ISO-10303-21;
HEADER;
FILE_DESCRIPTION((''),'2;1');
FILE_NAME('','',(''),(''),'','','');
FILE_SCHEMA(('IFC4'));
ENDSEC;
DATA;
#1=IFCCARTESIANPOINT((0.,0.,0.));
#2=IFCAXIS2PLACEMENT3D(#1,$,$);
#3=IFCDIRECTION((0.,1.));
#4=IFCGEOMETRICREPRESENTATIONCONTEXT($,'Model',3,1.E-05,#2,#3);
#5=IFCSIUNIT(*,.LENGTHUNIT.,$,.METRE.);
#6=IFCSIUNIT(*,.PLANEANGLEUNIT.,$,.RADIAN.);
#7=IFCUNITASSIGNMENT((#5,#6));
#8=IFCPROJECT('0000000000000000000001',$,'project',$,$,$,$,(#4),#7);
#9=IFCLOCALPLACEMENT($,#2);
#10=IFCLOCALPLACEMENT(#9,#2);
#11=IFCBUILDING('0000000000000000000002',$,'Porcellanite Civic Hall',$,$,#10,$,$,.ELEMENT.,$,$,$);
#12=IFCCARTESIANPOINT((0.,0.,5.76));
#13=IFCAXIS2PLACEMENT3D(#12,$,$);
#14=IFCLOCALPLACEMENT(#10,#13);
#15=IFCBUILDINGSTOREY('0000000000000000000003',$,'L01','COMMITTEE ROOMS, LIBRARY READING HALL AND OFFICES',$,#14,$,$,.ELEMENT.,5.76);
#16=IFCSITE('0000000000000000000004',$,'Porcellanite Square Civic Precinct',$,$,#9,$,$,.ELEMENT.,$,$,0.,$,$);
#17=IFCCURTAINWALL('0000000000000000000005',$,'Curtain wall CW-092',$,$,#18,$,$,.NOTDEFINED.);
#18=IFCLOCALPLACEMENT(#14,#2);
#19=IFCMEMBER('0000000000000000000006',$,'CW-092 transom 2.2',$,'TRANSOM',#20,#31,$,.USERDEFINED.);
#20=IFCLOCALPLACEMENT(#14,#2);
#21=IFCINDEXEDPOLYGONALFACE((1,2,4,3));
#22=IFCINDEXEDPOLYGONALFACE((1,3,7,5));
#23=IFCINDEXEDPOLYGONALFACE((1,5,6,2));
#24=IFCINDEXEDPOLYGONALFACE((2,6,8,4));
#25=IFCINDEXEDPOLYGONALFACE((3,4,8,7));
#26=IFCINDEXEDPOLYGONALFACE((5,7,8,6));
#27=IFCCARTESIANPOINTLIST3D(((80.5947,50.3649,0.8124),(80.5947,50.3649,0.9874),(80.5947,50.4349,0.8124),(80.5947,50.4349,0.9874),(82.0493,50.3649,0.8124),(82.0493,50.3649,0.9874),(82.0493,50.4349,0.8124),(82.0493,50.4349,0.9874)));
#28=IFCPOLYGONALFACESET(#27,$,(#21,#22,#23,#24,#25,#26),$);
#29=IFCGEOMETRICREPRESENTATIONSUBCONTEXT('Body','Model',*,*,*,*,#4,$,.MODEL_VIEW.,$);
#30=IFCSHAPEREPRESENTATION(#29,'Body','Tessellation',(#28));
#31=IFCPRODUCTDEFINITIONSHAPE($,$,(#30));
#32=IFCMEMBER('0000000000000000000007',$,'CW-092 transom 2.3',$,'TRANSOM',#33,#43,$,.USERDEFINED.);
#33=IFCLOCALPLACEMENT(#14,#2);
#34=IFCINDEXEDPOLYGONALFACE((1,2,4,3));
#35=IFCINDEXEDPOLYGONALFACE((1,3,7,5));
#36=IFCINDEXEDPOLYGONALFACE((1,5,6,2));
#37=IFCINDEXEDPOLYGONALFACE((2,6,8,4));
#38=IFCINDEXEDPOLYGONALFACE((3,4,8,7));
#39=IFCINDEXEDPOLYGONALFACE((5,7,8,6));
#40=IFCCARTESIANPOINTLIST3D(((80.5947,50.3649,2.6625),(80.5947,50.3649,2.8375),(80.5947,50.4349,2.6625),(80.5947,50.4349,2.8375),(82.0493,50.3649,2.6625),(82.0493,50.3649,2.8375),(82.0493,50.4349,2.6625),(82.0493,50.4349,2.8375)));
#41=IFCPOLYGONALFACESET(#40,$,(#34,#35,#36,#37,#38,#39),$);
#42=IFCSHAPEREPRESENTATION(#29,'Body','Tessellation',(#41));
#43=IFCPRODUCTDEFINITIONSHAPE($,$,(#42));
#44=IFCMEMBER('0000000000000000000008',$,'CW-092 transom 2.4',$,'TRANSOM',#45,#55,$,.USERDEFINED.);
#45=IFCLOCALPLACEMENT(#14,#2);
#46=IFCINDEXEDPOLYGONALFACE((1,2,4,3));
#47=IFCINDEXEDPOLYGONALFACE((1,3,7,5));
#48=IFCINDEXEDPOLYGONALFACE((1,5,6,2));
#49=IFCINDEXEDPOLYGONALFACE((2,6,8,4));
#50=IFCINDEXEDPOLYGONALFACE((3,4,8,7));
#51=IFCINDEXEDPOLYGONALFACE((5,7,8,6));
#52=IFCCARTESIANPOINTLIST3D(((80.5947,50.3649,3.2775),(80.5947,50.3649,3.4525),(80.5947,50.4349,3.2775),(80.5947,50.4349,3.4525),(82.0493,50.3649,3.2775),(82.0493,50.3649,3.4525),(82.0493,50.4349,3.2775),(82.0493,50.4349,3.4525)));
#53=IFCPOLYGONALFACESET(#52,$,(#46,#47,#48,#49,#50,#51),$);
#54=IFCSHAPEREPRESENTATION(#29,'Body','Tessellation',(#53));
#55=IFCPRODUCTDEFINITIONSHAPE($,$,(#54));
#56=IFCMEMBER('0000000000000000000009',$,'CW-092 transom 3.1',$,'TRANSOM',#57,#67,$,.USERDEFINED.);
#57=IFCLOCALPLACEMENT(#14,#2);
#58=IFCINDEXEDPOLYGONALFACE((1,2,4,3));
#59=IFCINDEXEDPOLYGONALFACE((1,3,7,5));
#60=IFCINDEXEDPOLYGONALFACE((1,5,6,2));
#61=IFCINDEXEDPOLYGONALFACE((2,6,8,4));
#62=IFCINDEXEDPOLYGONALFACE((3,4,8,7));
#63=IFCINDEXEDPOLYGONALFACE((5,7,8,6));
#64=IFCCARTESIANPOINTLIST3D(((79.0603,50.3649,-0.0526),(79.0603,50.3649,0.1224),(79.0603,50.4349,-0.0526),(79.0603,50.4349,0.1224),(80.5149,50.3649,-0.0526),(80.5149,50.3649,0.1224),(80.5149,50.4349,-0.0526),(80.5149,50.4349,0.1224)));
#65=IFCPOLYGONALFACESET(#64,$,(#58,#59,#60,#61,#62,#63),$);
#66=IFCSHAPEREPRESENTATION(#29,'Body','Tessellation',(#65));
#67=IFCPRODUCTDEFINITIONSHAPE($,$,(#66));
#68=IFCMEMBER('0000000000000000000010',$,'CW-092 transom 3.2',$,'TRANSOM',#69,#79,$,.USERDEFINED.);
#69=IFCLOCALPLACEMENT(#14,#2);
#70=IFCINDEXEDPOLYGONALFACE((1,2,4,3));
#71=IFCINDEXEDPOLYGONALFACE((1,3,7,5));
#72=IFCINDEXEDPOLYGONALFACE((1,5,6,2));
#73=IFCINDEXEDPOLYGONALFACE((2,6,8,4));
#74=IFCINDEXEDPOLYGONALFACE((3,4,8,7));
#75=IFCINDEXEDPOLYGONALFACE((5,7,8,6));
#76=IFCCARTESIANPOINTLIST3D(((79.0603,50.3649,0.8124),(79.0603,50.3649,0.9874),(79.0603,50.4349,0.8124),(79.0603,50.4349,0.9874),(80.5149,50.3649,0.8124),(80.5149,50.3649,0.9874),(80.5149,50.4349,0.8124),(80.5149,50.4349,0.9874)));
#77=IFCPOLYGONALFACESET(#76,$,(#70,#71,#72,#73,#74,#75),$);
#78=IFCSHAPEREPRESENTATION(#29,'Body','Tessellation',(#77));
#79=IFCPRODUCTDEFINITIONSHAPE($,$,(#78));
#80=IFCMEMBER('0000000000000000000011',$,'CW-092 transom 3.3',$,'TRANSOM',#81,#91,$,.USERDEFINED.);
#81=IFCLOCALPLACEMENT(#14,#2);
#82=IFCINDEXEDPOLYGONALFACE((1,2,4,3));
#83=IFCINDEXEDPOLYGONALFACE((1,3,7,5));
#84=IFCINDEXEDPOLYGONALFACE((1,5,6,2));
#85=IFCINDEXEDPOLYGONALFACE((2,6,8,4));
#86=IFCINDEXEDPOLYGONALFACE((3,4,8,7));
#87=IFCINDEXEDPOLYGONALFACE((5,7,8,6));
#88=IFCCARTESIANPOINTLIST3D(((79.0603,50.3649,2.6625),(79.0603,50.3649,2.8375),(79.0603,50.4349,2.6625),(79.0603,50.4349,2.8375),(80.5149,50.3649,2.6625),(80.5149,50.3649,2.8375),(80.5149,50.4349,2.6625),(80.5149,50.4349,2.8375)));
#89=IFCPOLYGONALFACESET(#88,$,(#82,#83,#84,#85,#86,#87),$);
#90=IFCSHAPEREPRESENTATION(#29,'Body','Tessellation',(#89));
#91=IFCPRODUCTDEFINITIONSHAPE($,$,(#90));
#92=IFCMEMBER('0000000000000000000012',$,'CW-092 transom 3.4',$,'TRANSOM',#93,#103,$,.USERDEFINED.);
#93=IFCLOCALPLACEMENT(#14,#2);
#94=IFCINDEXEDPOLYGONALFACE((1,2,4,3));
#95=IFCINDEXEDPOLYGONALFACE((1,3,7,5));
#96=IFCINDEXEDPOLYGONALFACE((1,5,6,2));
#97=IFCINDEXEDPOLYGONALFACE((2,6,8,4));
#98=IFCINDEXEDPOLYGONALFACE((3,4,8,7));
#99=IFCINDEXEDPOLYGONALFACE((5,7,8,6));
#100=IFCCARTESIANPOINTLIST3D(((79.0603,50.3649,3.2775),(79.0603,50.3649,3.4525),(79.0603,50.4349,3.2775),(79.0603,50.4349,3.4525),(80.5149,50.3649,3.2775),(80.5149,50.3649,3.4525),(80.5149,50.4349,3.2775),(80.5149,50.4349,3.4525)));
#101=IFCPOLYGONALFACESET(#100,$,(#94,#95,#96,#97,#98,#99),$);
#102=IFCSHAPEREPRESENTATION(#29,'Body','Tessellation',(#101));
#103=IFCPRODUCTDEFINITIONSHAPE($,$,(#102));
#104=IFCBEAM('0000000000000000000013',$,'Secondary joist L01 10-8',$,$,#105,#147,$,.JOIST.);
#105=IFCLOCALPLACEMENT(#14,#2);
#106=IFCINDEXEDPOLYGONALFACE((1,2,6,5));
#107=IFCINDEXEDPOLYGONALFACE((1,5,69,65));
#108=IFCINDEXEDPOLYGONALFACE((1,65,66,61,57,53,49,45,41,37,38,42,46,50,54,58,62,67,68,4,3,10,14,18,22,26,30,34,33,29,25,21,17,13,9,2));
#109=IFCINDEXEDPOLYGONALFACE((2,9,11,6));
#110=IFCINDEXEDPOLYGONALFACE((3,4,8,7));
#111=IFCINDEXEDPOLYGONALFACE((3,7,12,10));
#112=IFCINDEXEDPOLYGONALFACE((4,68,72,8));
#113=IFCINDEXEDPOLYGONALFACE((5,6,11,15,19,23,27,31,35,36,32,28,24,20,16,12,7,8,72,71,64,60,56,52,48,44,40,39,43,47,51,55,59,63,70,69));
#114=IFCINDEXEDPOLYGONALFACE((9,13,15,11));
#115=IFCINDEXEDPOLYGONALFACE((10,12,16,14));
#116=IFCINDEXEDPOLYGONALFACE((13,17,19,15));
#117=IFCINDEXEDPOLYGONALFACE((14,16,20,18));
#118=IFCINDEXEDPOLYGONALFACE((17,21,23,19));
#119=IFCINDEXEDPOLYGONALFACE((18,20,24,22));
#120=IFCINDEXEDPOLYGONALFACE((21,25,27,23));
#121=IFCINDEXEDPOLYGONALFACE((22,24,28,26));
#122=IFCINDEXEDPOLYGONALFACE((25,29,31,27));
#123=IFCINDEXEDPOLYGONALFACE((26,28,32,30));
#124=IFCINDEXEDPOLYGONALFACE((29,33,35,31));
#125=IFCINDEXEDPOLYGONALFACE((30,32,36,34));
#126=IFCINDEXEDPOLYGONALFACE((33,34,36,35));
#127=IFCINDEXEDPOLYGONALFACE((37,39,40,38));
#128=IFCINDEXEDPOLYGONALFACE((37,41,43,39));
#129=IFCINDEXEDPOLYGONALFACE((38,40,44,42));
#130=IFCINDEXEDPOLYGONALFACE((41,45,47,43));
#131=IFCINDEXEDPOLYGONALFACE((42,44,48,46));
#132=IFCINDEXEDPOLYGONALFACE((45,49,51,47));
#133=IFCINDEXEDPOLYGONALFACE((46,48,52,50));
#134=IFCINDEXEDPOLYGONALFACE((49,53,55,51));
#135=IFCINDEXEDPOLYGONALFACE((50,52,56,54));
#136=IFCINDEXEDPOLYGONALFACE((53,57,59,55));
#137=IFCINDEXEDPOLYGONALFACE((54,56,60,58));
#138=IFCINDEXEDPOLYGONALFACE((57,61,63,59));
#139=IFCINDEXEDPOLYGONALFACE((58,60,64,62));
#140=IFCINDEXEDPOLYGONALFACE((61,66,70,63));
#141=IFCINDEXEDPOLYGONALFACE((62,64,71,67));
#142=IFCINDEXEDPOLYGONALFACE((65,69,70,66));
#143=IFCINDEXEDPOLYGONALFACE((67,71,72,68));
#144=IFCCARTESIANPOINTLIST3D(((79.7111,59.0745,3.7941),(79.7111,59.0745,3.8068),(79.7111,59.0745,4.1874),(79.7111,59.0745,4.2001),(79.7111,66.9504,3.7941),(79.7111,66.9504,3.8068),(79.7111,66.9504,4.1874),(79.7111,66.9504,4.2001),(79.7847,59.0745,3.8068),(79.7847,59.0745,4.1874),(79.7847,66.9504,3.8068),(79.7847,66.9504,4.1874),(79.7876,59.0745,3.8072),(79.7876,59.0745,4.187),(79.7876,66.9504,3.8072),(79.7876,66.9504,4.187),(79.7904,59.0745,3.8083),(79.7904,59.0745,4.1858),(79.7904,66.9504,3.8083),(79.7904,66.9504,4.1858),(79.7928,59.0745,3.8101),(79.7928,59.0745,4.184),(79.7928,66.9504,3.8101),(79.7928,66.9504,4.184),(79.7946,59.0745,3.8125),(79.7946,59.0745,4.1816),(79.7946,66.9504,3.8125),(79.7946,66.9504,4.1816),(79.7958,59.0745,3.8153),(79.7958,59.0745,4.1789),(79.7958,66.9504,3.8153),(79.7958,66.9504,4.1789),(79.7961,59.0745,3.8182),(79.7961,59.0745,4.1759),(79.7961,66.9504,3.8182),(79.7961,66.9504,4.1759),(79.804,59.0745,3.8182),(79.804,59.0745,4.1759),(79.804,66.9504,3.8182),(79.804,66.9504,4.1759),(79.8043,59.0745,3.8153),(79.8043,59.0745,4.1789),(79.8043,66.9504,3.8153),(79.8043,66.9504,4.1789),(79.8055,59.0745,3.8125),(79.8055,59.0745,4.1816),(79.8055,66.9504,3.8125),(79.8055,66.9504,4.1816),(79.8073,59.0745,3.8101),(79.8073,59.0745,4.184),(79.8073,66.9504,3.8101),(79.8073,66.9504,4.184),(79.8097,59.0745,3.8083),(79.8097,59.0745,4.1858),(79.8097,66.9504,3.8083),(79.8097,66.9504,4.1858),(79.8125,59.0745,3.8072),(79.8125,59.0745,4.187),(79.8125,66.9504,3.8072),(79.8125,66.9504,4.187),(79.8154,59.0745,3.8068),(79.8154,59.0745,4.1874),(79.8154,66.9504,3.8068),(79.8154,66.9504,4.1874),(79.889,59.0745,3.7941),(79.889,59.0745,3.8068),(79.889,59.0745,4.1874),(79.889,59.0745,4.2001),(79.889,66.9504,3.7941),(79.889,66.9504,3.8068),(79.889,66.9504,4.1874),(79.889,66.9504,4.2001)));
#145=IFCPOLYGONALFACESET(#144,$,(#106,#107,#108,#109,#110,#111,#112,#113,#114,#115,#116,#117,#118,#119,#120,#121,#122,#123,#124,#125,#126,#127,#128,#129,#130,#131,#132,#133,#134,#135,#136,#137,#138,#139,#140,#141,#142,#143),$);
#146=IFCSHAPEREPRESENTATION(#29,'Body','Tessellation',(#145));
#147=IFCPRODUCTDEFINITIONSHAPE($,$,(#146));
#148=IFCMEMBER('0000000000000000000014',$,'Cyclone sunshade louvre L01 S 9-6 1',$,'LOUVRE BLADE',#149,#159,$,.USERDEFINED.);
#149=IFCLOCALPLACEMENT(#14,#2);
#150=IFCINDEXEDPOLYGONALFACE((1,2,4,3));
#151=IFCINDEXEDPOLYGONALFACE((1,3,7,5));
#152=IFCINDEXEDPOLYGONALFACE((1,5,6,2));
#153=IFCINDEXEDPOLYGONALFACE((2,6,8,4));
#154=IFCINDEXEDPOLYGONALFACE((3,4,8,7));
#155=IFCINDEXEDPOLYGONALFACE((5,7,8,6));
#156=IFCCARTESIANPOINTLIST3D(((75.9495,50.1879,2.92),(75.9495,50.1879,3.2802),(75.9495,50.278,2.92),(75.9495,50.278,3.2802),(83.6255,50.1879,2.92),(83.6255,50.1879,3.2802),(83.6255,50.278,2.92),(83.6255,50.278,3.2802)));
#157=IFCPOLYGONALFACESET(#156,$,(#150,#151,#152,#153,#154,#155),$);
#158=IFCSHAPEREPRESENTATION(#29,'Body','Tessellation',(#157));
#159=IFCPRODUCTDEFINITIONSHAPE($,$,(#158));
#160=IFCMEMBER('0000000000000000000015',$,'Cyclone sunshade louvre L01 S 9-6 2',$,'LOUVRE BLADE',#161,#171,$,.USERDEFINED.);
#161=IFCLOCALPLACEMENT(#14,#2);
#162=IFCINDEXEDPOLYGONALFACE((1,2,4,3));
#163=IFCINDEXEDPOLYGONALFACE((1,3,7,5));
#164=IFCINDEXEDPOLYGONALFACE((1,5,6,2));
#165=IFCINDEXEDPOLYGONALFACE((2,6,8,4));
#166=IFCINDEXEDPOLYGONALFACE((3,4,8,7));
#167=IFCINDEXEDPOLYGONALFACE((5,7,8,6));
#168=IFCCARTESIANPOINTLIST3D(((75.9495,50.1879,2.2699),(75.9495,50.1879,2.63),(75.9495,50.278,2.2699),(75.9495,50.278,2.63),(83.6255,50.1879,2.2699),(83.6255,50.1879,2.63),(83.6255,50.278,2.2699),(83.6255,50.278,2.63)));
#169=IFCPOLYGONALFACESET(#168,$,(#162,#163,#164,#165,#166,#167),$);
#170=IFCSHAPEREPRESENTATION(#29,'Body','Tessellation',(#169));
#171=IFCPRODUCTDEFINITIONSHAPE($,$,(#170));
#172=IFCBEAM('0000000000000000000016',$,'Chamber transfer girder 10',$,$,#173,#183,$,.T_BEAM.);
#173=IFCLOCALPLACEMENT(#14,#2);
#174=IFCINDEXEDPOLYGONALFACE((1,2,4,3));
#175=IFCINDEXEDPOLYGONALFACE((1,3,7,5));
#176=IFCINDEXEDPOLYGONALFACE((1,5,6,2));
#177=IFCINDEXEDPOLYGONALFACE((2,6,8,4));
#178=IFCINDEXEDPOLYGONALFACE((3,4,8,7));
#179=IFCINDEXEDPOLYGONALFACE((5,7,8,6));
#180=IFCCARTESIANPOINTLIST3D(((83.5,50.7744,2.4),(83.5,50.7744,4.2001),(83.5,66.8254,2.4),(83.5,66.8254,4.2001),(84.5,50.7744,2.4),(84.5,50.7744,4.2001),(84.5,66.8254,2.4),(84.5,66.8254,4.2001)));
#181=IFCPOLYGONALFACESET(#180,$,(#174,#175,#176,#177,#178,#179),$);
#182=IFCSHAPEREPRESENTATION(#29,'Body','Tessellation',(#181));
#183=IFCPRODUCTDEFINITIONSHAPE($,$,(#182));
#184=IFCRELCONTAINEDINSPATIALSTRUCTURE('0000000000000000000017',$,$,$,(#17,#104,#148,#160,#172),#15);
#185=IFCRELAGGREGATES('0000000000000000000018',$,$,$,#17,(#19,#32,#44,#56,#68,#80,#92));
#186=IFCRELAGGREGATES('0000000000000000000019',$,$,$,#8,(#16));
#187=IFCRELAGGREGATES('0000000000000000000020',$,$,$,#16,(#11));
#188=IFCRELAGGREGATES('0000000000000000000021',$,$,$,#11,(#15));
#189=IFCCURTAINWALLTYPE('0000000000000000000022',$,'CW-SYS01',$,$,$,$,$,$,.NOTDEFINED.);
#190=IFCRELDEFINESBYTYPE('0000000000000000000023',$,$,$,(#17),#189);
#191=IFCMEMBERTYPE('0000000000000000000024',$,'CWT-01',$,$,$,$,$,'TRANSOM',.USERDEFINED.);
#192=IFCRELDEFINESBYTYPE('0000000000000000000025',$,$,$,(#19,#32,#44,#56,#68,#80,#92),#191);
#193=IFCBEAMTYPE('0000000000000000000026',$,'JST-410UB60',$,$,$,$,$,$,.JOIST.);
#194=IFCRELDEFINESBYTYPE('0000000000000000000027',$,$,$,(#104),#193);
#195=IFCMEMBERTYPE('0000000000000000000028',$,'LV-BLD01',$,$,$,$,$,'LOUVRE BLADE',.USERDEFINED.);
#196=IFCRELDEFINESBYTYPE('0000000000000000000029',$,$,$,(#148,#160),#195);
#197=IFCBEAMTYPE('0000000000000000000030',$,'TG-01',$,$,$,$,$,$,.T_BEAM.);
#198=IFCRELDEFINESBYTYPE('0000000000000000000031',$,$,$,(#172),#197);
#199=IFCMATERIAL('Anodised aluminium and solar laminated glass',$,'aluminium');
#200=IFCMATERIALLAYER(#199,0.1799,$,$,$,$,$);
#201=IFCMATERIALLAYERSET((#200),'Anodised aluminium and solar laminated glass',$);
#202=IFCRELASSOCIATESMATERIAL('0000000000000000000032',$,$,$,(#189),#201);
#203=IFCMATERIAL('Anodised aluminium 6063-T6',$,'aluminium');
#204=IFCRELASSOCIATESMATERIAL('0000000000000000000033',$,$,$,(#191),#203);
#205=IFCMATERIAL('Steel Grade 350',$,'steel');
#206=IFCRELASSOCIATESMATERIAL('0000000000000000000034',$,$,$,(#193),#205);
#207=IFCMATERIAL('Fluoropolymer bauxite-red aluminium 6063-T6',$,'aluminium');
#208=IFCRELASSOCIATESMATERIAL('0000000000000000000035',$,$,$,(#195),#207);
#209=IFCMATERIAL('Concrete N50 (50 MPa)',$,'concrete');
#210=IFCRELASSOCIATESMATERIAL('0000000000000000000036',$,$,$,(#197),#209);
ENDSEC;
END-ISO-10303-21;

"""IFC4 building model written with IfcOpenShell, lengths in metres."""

from ifc_helpers import new_model, si_unit, direction, frame, origin, origin_2d, place, context, subcontext, project, spatial, rectangle, i_section, extrude, material, layer, layer_set, material_profile, profile_set, type_object, element, aggregate, save


model = new_model("IFC4")

# Units and contexts
model_context = context("Model", 3, precision=1e-05, world=origin(), true_north=direction((0.0, 1.0)))
body_context = subcontext(model_context, "Body", "Model", "MODEL_VIEW")
ifc_project = project(units=[si_unit("LENGTHUNIT", "METRE"), si_unit("PLANEANGLEUNIT", "RADIAN")], contexts=[model_context])

# Site, building, storey
site_placement = place(None, origin())
site = spatial("IfcSite", under=ifc_project, at=site_placement, Name="Porcellanite Square Civic Precinct", CompositionType="ELEMENT", RefElevation=0.0)
building_placement = place(site_placement, origin())
building = spatial("IfcBuilding", under=site, at=building_placement, Name="Porcellanite Civic Hall", CompositionType="ELEMENT")
storey_placement = place(building_placement, frame((0.0, 0.0, 5.76)))
storey = spatial("IfcBuildingStorey", under=building, at=storey_placement, Name="L01", Description="COMMITTEE ROOMS, LIBRARY READING HALL AND OFFICES", CompositionType="ELEMENT", Elevation=5.76)

# Curtain wall, members
ifc_material_1 = material(Name="Anodised aluminium and solar laminated glass", Category="aluminium")
ifc_layer_1 = layer(ifc_material_1, 0.1799)
ifc_layer_set_1 = layer_set([ifc_layer_1], Name="Anodised aluminium and solar laminated glass")
curtain_wall_type = type_object("IfcCurtainWallType", Name="CW-SYS01", PredefinedType="NOTDEFINED", material=ifc_layer_set_1)
curtain_wall_placement = place(storey_placement, origin())
curtain_wall = element("IfcCurtainWall", 1, at=curtain_wall_placement, inside=storey, type_object=curtain_wall_type, Name="Curtain wall CW-092", PredefinedType="NOTDEFINED")
ifc_material_2 = material(Name="Anodised aluminium 6063-T6", Category="aluminium")
ifc_material_profile_1 = material_profile(ifc_material_2, rectangle(XDim=0.0701, YDim=0.175, at=origin_2d()), Name="AL-70x175")
ifc_profile_set_1 = profile_set([ifc_material_profile_1], Name="Anodised aluminium 6063-T6")
member_type_1 = type_object("IfcMemberType", Name="CWT-01", ElementType="TRANSOM", PredefinedType="USERDEFINED", material=ifc_profile_set_1)
member_1_placement = place(storey_placement, frame((82.0493, 50.3999, 0.8999), z_axis=(-1.0, 0.0, 0.0), x_axis=(0.0, -1.0, 0.0)))
member_1 = element("IfcMember", 2, at=member_1_placement, type_object=member_type_1, Name="CW-092 transom 2.2", ObjectType="TRANSOM", PredefinedType="USERDEFINED", context=body_context, shape_type="SweptSolid", body=[
    extrude(rectangle(XDim=0.0701, YDim=0.175, at=origin_2d()), origin(), (0.0, 0.0, 1.0), 1.4546),
])
member_2_placement = place(storey_placement, frame((82.0493, 50.3999, 2.75), z_axis=(-1.0, 0.0, 0.0), x_axis=(0.0, -1.0, 0.0)))
member_2 = element("IfcMember", 3, at=member_2_placement, type_object=member_type_1, Name="CW-092 transom 2.3", ObjectType="TRANSOM", PredefinedType="USERDEFINED", context=body_context, shape_type="SweptSolid", body=[
    extrude(rectangle(XDim=0.0701, YDim=0.175, at=origin_2d()), origin(), (0.0, 0.0, 1.0), 1.4546),
])
member_3_placement = place(storey_placement, frame((82.0493, 50.3999, 3.365), z_axis=(-1.0, 0.0, 0.0), x_axis=(0.0, -1.0, 0.0)))
member_3 = element("IfcMember", 4, at=member_3_placement, type_object=member_type_1, Name="CW-092 transom 2.4", ObjectType="TRANSOM", PredefinedType="USERDEFINED", context=body_context, shape_type="SweptSolid", body=[
    extrude(rectangle(XDim=0.0701, YDim=0.175, at=origin_2d()), origin(), (0.0, 0.0, 1.0), 1.4546),
])
member_4_placement = place(storey_placement, frame((80.5149, 50.3999, 0.0349), z_axis=(-1.0, 0.0, 0.0), x_axis=(0.0, -1.0, 0.0)))
member_4 = element("IfcMember", 5, at=member_4_placement, type_object=member_type_1, Name="CW-092 transom 3.1", ObjectType="TRANSOM", PredefinedType="USERDEFINED", context=body_context, shape_type="SweptSolid", body=[
    extrude(rectangle(XDim=0.0701, YDim=0.175, at=origin_2d()), origin(), (0.0, 0.0, 1.0), 1.4546),
])
member_5_placement = place(storey_placement, frame((80.5149, 50.3999, 0.8999), z_axis=(-1.0, 0.0, 0.0), x_axis=(0.0, -1.0, 0.0)))
member_5 = element("IfcMember", 6, at=member_5_placement, type_object=member_type_1, Name="CW-092 transom 3.2", ObjectType="TRANSOM", PredefinedType="USERDEFINED", context=body_context, shape_type="SweptSolid", body=[
    extrude(rectangle(XDim=0.0701, YDim=0.175, at=origin_2d()), origin(), (0.0, 0.0, 1.0), 1.4546),
])
member_6_placement = place(storey_placement, frame((80.5149, 50.3999, 2.75), z_axis=(-1.0, 0.0, 0.0), x_axis=(0.0, -1.0, 0.0)))
member_6 = element("IfcMember", 7, at=member_6_placement, type_object=member_type_1, Name="CW-092 transom 3.3", ObjectType="TRANSOM", PredefinedType="USERDEFINED", context=body_context, shape_type="SweptSolid", body=[
    extrude(rectangle(XDim=0.0701, YDim=0.175, at=origin_2d()), origin(), (0.0, 0.0, 1.0), 1.4546),
])
member_7_placement = place(storey_placement, frame((80.5149, 50.3999, 3.365), z_axis=(-1.0, 0.0, 0.0), x_axis=(0.0, -1.0, 0.0)))
member_7 = element("IfcMember", 8, at=member_7_placement, type_object=member_type_1, Name="CW-092 transom 3.4", ObjectType="TRANSOM", PredefinedType="USERDEFINED", context=body_context, shape_type="SweptSolid", body=[
    extrude(rectangle(XDim=0.0701, YDim=0.175, at=origin_2d()), origin(), (0.0, 0.0, 1.0), 1.4546),
])

# Beam
ifc_material_3 = material(Name="Steel Grade 350", Category="steel")
ifc_material_profile_2 = material_profile(ifc_material_3, i_section(OverallWidth=0.178, OverallDepth=0.406, WebThickness=0.0078, FlangeThickness=0.0127, FilletRadius=0.0115, at=origin_2d()), Name="410UB59.7")
ifc_profile_set_2 = profile_set([ifc_material_profile_2], Name="Steel Grade 350")
beam_type_1 = type_object("IfcBeamType", Name="JST-410UB60", PredefinedType="JOIST", material=ifc_profile_set_2)
beam_1_placement = place(storey_placement, frame((79.8, 59.0745, 3.9971), z_axis=(0.0, 1.0, 0.0), x_axis=(-1.0, 0.0, 0.0)))
element("IfcBeam", 9, at=beam_1_placement, inside=storey, type_object=beam_type_1, Name="Secondary joist L01 10-8", PredefinedType="JOIST", context=body_context, shape_type="SweptSolid", body=[
    extrude(i_section(OverallWidth=0.178, OverallDepth=0.406, WebThickness=0.0078, FlangeThickness=0.0127, FilletRadius=0.0115, at=origin_2d()), origin(), (0.0, 0.0, 1.0), 7.876),
])

# Members
ifc_material_4 = material(Name="Fluoropolymer bauxite-red aluminium 6063-T6", Category="aluminium")
ifc_material_profile_3 = material_profile(ifc_material_4, rectangle(XDim=0.0901, YDim=0.3601, at=origin_2d()), Name="AL-90x360")
ifc_profile_set_3 = profile_set([ifc_material_profile_3], Name="Fluoropolymer bauxite-red aluminium 6063-T6")
member_type_2 = type_object("IfcMemberType", Name="LV-BLD01", ElementType="LOUVRE BLADE", PredefinedType="USERDEFINED", material=ifc_profile_set_3)
for number, where, z_axis, x_axis, name in (
    (10, (83.6255, 50.2329, 3.1001), (-1.0, 0.0, 0.0), (0.0, -1.0, 0.0), "Cyclone sunshade louvre L01 S 9-6 1"),
    (11, (83.6255, 50.2329, 2.45), (-1.0, 0.0, 0.0), (0.0, -1.0, 0.0), "Cyclone sunshade louvre L01 S 9-6 2"),
):
    element("IfcMember", number, at=place(storey_placement, frame(where, z_axis=z_axis, x_axis=x_axis)), inside=storey, type_object=member_type_2, Name=name, ObjectType="LOUVRE BLADE", PredefinedType="USERDEFINED", context=body_context, shape_type="SweptSolid", body=[
        extrude(rectangle(XDim=0.0901, YDim=0.3601, at=origin_2d()), origin(), (0.0, 0.0, 1.0), 7.676),
    ])

# Beam
ifc_material_5 = material(Name="Concrete N50 (50 MPa)", Category="concrete")
ifc_material_profile_4 = material_profile(ifc_material_5, rectangle(XDim=1.0, YDim=1.8, at=origin_2d()), Name="RC-1000x1800")
ifc_profile_set_4 = profile_set([ifc_material_profile_4], Name="Concrete N50 (50 MPa)")
beam_type_2 = type_object("IfcBeamType", Name="TG-01", PredefinedType="T_BEAM", material=ifc_profile_set_4)
beam_2_placement = place(storey_placement, frame((84.0, 50.7744, 3.3), z_axis=(0.0, 1.0, 0.0), x_axis=(-1.0, 0.0, 0.0)))
element("IfcBeam", 12, at=beam_2_placement, inside=storey, type_object=beam_type_2, Name="Chamber transfer girder 10", PredefinedType="T_BEAM", context=body_context, shape_type="SweptSolid", body=[
    extrude(rectangle(XDim=1.0, YDim=1.8, at=origin_2d()), origin(), (0.0, 0.0, 1.0), 16.051),
])

aggregate(curtain_wall, [member_1, member_2, member_3, member_4, member_5, member_6, member_7])

save(model, "model.ifc")
